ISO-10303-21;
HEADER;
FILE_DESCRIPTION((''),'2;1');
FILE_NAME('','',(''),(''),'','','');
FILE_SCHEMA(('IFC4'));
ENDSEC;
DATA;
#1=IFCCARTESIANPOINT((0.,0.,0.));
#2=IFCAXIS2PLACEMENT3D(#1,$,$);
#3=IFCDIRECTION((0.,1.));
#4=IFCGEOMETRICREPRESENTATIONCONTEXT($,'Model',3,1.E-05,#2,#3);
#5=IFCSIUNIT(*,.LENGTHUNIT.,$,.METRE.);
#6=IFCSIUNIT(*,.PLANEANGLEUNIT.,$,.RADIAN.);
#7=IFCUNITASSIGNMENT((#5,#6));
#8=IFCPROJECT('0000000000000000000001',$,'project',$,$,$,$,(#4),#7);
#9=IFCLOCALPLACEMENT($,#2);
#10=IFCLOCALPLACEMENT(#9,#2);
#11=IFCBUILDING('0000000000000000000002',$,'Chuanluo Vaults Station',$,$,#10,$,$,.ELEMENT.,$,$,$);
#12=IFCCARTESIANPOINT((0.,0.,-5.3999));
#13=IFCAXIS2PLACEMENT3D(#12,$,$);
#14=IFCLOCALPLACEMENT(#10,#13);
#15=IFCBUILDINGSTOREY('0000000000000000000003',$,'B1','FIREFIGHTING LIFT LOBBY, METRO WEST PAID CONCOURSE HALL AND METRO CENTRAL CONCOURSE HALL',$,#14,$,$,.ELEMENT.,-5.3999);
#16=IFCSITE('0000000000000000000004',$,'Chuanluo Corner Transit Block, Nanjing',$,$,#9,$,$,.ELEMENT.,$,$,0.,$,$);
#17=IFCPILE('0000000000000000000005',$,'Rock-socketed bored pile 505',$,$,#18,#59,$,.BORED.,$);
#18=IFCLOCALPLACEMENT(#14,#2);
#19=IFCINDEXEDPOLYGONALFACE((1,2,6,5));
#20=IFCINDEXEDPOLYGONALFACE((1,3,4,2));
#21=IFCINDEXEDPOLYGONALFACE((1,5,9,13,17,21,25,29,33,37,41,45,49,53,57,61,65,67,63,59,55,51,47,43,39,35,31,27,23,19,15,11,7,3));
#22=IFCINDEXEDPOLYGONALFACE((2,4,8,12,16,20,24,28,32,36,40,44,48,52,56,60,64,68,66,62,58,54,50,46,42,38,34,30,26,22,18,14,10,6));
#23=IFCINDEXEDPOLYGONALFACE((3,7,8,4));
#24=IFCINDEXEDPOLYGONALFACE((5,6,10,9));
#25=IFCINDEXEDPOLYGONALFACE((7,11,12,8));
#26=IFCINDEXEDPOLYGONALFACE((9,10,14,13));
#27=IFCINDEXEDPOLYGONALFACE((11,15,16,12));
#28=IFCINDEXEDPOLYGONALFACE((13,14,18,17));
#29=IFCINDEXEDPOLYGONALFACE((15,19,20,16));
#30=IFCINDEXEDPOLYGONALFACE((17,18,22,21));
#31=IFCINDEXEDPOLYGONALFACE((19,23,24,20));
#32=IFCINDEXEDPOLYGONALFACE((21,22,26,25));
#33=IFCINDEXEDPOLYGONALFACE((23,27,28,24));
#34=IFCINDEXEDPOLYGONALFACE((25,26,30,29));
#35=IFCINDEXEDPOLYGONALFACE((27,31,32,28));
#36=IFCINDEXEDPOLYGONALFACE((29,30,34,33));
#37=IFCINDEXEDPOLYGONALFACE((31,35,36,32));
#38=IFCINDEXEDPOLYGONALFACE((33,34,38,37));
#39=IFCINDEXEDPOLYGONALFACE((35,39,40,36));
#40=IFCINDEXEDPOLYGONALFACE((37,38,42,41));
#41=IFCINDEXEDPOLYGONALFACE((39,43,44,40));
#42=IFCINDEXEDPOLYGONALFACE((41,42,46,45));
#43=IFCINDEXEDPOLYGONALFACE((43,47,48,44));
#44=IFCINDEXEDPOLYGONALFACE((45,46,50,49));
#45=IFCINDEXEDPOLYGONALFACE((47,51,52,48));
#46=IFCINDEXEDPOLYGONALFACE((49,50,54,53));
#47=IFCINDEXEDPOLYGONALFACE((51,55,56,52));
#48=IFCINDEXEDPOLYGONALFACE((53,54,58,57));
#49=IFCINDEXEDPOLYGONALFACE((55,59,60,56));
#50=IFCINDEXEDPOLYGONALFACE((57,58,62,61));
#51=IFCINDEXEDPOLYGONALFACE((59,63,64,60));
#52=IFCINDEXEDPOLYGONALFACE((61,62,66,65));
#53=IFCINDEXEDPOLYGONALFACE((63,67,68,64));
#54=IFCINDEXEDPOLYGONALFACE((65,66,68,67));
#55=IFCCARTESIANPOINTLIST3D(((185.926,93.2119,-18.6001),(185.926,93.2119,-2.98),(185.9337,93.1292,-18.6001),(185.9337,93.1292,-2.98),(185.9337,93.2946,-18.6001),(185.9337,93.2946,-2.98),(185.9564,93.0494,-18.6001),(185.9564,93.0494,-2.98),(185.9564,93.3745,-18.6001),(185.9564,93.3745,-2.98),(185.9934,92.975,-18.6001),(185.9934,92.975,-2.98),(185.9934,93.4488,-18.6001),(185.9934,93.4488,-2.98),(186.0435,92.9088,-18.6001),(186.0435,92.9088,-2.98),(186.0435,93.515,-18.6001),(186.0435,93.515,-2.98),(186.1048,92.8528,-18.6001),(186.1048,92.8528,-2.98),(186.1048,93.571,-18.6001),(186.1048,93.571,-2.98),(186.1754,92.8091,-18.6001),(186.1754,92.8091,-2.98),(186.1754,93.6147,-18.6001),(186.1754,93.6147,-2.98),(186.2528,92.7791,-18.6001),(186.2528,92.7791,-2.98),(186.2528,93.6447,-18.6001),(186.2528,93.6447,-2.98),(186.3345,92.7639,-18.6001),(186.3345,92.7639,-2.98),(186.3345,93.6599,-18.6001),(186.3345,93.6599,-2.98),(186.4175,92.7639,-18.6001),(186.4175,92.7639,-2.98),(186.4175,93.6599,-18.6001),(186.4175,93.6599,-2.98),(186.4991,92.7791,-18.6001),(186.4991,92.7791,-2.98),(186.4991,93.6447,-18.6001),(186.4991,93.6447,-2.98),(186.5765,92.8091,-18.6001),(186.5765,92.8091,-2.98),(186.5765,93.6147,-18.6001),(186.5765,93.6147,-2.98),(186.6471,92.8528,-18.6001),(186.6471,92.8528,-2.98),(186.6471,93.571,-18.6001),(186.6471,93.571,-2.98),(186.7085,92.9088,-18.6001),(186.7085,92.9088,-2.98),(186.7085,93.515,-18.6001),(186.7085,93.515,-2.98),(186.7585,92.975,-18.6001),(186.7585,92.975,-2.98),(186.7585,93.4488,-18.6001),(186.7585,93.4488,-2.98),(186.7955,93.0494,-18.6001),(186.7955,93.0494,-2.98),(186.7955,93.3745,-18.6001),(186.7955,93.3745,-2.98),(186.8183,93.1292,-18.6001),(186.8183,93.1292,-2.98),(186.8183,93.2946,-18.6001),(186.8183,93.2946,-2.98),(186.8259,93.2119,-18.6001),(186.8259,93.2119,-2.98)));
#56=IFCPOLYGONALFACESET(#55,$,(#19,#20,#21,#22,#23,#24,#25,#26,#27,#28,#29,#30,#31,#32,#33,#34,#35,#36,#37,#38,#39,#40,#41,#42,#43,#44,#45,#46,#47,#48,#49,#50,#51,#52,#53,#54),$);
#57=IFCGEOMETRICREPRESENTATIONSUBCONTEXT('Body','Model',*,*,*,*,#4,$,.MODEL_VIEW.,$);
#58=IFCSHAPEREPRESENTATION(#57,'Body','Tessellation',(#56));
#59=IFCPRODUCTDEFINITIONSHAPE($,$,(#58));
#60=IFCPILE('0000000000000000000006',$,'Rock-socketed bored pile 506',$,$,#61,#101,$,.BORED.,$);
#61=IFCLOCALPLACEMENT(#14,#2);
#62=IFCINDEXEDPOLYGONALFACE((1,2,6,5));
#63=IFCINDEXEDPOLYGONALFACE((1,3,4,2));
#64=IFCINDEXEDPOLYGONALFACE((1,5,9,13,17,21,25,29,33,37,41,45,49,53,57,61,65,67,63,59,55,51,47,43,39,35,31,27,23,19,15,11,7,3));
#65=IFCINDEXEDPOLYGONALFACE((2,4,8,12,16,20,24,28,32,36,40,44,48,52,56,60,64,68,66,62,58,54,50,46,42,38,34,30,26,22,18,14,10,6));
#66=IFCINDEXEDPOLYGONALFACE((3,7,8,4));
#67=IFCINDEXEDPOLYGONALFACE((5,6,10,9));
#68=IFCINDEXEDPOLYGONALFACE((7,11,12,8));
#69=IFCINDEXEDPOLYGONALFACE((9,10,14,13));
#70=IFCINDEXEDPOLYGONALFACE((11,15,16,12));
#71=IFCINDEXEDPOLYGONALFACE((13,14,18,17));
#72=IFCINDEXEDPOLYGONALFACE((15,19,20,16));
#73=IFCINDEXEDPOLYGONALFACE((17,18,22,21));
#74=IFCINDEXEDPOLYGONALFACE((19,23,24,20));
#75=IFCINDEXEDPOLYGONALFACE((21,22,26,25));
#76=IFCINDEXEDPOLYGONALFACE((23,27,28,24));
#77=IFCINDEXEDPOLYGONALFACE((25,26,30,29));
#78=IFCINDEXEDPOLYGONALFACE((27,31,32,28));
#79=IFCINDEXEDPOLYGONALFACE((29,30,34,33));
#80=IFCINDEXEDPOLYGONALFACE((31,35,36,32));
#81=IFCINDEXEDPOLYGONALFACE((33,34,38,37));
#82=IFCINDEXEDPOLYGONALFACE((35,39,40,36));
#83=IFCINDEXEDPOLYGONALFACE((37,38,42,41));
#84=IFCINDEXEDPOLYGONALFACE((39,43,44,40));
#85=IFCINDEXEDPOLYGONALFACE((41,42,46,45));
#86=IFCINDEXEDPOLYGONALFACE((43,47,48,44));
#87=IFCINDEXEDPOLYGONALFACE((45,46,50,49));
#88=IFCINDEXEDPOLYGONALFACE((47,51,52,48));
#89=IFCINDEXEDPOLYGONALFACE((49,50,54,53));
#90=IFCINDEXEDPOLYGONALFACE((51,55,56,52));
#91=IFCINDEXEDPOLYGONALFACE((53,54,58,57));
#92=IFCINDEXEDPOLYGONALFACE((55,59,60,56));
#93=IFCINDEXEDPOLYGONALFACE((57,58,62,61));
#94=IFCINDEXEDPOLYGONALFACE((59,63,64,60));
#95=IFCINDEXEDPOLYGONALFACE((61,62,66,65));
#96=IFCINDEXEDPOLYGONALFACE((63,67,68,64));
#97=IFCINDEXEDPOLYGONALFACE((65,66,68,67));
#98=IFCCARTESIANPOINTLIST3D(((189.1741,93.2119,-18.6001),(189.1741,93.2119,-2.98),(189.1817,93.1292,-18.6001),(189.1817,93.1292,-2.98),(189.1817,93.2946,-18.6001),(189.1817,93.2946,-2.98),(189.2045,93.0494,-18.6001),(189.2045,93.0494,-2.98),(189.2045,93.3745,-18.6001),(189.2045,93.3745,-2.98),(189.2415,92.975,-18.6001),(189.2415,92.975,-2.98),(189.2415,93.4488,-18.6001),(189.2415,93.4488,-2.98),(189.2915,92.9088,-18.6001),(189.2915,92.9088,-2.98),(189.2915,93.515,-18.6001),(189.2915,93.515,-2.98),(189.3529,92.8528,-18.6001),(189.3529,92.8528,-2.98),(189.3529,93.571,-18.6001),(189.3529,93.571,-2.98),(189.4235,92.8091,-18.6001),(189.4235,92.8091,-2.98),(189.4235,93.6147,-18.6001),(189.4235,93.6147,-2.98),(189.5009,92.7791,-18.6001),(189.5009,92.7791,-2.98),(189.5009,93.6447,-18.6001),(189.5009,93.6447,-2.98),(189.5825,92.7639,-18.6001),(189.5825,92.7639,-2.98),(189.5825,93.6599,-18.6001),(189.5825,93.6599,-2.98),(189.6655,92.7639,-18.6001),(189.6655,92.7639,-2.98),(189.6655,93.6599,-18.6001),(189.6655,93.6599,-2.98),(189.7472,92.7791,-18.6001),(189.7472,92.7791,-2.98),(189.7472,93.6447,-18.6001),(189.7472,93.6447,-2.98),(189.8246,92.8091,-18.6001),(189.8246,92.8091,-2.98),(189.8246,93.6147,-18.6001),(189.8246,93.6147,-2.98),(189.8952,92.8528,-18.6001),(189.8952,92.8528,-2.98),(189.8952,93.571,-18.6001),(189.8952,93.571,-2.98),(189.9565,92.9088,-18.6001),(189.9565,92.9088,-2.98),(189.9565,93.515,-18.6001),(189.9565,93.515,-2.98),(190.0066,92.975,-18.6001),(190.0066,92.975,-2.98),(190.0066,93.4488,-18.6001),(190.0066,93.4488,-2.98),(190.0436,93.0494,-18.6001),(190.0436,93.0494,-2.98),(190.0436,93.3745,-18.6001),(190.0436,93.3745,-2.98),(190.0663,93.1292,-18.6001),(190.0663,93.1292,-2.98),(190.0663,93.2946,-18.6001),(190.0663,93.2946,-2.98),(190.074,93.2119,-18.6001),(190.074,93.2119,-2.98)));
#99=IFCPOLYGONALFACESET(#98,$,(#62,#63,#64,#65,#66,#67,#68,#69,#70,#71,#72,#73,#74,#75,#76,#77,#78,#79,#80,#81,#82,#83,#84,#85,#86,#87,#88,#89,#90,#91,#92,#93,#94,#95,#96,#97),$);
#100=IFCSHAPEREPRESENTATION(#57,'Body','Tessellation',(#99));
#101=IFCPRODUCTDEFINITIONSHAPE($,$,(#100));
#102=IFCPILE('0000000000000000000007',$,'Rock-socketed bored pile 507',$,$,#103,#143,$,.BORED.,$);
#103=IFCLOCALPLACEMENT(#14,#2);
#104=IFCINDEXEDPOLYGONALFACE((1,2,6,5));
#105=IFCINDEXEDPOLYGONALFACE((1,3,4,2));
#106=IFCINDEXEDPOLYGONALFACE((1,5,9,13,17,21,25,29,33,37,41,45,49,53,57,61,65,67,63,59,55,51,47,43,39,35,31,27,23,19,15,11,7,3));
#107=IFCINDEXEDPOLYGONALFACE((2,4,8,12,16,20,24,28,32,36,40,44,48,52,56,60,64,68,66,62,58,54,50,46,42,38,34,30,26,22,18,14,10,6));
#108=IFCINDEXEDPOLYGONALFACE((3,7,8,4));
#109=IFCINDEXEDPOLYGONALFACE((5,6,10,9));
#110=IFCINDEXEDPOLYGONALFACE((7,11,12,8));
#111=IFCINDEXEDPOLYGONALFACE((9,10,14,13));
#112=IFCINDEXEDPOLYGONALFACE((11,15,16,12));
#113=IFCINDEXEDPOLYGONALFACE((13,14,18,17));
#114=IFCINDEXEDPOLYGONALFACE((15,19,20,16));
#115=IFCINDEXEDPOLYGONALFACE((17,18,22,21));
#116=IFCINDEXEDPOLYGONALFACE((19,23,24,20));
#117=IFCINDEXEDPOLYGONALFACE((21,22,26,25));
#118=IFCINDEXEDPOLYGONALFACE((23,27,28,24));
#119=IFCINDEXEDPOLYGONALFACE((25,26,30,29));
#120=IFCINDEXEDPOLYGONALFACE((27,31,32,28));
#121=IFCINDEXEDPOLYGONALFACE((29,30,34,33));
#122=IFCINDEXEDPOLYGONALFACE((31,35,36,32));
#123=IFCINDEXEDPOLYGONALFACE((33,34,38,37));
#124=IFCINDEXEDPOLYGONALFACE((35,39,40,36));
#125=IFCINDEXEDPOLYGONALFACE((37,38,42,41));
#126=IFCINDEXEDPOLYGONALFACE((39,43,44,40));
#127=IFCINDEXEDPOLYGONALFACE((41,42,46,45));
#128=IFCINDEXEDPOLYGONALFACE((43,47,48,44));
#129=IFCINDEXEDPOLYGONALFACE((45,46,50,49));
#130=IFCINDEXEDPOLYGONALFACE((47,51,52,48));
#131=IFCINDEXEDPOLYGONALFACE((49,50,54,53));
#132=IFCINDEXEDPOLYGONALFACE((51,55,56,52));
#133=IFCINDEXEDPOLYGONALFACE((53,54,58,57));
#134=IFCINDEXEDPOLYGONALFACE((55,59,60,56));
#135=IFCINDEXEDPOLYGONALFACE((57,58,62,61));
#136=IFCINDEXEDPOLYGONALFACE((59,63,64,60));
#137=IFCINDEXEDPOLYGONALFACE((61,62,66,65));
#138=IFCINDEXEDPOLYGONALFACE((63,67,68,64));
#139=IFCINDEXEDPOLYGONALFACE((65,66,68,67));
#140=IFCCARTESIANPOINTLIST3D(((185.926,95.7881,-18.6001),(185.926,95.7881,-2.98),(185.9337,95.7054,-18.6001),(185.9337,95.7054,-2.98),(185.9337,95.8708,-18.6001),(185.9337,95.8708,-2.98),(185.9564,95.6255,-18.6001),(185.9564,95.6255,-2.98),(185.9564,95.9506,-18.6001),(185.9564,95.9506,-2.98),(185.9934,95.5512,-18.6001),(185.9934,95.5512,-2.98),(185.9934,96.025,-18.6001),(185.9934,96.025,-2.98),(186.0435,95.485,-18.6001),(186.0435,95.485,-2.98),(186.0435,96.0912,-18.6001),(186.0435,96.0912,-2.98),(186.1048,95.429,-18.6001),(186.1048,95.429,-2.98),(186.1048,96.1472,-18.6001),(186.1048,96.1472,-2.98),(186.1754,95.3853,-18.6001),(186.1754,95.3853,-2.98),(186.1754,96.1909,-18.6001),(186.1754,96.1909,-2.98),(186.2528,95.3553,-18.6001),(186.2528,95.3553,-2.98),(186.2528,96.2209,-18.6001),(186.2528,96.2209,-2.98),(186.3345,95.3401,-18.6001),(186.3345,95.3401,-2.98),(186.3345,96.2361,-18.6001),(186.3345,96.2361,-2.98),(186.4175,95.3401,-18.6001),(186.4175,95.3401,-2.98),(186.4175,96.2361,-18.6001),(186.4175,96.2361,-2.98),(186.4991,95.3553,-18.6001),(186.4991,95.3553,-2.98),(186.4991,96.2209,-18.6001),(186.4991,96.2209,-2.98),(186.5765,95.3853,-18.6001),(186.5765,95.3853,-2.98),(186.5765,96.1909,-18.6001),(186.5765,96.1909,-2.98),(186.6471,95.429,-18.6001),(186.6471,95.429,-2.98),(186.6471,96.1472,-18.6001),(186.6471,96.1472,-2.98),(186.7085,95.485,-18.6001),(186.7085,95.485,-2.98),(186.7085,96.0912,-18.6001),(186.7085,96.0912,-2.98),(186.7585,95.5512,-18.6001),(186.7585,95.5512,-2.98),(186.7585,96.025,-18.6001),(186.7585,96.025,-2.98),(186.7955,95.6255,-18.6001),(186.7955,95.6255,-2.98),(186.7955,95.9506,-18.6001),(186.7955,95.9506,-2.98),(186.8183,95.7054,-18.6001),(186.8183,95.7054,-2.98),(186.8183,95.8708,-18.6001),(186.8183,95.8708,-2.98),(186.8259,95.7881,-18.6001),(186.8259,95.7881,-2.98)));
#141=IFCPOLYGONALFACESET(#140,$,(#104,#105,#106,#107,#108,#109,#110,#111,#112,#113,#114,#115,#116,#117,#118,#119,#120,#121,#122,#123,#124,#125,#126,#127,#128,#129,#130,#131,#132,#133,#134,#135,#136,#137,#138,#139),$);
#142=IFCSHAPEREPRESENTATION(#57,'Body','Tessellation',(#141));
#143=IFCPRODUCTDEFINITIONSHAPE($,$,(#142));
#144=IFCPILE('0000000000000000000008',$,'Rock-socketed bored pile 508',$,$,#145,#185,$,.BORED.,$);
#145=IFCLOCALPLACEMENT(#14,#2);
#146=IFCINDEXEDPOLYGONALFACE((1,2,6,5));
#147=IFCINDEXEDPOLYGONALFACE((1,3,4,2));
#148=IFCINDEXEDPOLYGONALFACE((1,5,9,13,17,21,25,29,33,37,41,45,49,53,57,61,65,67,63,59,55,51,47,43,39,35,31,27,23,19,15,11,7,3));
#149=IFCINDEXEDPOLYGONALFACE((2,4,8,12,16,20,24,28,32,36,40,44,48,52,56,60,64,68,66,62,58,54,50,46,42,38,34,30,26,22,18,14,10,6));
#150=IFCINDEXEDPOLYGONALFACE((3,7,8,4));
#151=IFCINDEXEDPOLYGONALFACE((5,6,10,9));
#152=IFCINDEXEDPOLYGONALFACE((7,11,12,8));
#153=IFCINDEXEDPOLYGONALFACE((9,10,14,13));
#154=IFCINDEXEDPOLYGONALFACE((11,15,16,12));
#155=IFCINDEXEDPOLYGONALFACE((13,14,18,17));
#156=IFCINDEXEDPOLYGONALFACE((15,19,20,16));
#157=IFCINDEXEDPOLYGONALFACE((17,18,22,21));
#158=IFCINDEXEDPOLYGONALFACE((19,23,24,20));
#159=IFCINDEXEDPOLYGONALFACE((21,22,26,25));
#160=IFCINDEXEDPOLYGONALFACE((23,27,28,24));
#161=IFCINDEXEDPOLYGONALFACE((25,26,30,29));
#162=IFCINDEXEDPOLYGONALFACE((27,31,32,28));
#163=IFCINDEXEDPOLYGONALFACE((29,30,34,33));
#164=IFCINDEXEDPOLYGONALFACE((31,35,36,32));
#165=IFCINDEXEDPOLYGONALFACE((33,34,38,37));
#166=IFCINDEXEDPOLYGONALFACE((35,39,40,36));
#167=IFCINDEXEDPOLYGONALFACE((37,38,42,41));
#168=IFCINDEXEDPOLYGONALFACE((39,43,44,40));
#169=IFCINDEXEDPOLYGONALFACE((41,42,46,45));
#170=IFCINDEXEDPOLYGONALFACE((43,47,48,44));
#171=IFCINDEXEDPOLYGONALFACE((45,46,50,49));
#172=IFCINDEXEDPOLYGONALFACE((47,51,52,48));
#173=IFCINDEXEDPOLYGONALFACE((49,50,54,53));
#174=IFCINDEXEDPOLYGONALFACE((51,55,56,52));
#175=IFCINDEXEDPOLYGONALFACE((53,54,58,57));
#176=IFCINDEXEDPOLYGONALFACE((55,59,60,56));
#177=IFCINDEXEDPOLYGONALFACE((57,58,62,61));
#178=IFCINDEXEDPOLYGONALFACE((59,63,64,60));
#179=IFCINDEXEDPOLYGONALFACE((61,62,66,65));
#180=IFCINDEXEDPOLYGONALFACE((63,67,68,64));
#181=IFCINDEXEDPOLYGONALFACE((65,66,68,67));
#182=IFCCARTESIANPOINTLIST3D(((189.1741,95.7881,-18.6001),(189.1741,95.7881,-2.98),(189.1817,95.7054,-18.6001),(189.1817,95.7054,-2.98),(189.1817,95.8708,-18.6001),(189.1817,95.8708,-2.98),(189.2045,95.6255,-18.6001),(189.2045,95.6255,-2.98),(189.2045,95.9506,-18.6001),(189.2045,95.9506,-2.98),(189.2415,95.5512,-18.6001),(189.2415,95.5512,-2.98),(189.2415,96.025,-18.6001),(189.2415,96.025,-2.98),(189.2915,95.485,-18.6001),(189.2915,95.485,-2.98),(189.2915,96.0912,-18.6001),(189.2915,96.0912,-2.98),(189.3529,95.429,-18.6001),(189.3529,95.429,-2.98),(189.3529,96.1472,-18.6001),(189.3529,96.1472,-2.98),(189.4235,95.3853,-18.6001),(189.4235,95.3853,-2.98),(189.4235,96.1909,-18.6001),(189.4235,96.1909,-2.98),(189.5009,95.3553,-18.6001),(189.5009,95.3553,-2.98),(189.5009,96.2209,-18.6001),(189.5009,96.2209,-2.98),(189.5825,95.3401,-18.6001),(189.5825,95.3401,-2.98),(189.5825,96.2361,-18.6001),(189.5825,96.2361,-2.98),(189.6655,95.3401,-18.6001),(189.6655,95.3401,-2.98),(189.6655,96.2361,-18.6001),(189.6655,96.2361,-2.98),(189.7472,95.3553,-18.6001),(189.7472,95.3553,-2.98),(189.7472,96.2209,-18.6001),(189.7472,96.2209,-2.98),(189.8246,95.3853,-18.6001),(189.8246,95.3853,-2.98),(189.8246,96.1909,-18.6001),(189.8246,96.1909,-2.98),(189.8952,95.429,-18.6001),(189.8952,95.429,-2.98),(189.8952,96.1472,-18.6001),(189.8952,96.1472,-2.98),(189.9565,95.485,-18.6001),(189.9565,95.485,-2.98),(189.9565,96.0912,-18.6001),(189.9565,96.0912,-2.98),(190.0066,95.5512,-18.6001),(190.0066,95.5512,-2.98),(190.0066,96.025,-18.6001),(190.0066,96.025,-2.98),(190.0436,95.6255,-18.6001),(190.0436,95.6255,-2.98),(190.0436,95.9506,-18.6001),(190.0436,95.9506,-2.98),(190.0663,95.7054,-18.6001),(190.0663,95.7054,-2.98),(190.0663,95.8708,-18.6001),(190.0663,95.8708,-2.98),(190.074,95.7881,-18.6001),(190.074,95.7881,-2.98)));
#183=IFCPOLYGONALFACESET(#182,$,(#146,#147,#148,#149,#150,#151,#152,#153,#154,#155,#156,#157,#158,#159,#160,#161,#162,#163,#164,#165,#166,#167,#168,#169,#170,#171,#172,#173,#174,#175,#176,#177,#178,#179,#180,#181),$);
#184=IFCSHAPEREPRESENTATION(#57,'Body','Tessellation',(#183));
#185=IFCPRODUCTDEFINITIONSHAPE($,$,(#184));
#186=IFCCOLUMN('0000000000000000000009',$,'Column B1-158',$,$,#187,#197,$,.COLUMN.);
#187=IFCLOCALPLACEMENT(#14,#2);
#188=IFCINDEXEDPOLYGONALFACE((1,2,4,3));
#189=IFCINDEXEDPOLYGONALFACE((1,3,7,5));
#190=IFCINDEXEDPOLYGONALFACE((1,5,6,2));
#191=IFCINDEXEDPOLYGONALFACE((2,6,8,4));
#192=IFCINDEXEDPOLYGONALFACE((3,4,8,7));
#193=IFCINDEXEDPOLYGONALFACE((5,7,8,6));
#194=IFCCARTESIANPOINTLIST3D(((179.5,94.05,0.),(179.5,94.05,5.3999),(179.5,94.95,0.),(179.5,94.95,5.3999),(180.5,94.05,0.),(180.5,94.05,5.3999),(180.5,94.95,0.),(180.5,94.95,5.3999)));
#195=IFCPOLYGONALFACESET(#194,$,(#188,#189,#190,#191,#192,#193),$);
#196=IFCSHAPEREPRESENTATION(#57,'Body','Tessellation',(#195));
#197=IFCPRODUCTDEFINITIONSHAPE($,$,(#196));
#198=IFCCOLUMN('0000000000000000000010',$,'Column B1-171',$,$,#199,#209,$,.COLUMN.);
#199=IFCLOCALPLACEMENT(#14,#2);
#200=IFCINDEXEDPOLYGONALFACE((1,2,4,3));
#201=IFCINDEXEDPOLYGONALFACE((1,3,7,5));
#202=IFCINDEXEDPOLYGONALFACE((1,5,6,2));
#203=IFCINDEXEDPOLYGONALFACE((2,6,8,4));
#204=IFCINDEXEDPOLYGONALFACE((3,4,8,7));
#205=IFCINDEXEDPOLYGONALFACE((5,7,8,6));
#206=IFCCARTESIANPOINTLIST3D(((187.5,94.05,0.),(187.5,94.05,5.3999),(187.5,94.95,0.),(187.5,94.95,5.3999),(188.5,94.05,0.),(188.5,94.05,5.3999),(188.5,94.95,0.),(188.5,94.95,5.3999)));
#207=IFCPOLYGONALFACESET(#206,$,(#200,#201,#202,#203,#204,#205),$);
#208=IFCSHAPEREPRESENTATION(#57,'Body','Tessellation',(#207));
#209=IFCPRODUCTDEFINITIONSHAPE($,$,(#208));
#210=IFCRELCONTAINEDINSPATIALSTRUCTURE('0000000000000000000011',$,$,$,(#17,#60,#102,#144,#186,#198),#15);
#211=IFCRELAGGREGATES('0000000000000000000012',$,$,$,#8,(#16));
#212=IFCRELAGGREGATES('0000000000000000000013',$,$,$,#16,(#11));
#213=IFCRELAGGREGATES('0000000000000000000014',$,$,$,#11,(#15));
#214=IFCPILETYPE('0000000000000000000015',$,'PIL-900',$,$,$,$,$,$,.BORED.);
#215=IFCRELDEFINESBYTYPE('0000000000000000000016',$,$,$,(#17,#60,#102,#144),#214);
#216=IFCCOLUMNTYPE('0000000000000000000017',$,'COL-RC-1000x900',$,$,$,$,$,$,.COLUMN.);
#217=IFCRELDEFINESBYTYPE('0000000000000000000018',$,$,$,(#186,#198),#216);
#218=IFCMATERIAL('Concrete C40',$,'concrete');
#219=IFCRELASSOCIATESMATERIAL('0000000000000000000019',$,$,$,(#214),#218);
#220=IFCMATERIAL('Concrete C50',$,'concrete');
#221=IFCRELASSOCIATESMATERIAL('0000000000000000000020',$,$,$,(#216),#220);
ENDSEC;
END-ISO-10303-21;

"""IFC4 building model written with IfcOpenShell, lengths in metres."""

from ifc_helpers import new_model, si_unit, direction, frame, origin, origin_2d, place, context, subcontext, project, spatial, rectangle, circle, extrude, material, material_profile, profile_set, type_object, element, save


model = new_model("IFC4")

# Units and contexts
model_context = context("Model", 3, precision=1e-05, world=origin(), true_north=direction((0.0, 1.0)))
body_context = subcontext(model_context, "Body", "Model", "MODEL_VIEW")
ifc_project = project(units=[si_unit("LENGTHUNIT", "METRE"), si_unit("PLANEANGLEUNIT", "RADIAN")], contexts=[model_context])

# Site, building, storey
site_placement = place(None, origin())
site = spatial("IfcSite", under=ifc_project, at=site_placement, Name="Chuanluo Corner Transit Block, Nanjing", CompositionType="ELEMENT", RefElevation=0.0)
building_placement = place(site_placement, origin())
building = spatial("IfcBuilding", under=site, at=building_placement, Name="Chuanluo Vaults Station", CompositionType="ELEMENT")
storey_placement = place(building_placement, frame((0.0, 0.0, -5.3999)))
storey = spatial("IfcBuildingStorey", under=building, at=storey_placement, Name="B1", Description="FIREFIGHTING LIFT LOBBY, METRO WEST PAID CONCOURSE HALL AND METRO CENTRAL CONCOURSE HALL", CompositionType="ELEMENT", Elevation=-5.3999)

# Piles
ifc_material_1 = material(Name="Concrete C40", Category="concrete")
ifc_material_profile_1 = material_profile(ifc_material_1, circle(Radius=0.45, at=origin_2d()))
ifc_profile_set_1 = profile_set([ifc_material_profile_1], Name="Concrete C40")
pile_type_1 = type_object("IfcPileType", Name="PIL-900", PredefinedType="BORED", material=ifc_profile_set_1)
for number, where, z_axis, x_axis, name in (
    (1, (186.376, 93.2119, -2.98), (0.0, 0.0, -1.0), (1.0, 0.0, 0.0), "Rock-socketed bored pile 505"),
    (2, (189.624, 93.2119, -2.98), (0.0, 0.0, -1.0), (1.0, 0.0, 0.0), "Rock-socketed bored pile 506"),
    (3, (186.376, 95.7881, -2.98), (0.0, 0.0, -1.0), (1.0, 0.0, 0.0), "Rock-socketed bored pile 507"),
    (4, (189.624, 95.7881, -2.98), (0.0, 0.0, -1.0), (1.0, 0.0, 0.0), "Rock-socketed bored pile 508"),
):
    element("IfcPile", number, at=place(storey_placement, frame(where, z_axis=z_axis, x_axis=x_axis)), inside=storey, type_object=pile_type_1, Name=name, PredefinedType="BORED", context=body_context, shape_type="SweptSolid", body=[
        extrude(circle(Radius=0.45, at=origin_2d()), origin(), (0.0, 0.0, 1.0), 15.6201),
    ])

# Columns
ifc_material_2 = material(Name="Concrete C50", Category="concrete")
ifc_material_profile_2 = material_profile(ifc_material_2, rectangle(XDim=1.0, YDim=0.8999, at=origin_2d()))
ifc_profile_set_2 = profile_set([ifc_material_profile_2], Name="Concrete C50")
column_type = type_object("IfcColumnType", Name="COL-RC-1000x900", PredefinedType="COLUMN", material=ifc_profile_set_2)
for number, where, z_axis, x_axis, name in (
    (5, (180.0, 94.5, 0.0), (0.0, 0.0, 1.0), (1.0, 0.0, 0.0), "Column B1-158"),
    (6, (188.0, 94.5, 0.0), (0.0, 0.0, 1.0), (1.0, 0.0, 0.0), "Column B1-171"),
):
    element("IfcColumn", number, at=place(storey_placement, frame(where, z_axis=z_axis, x_axis=x_axis)), inside=storey, type_object=column_type, Name=name, PredefinedType="COLUMN", context=body_context, shape_type="SweptSolid", body=[
        extrude(rectangle(XDim=1.0, YDim=0.8999, at=origin_2d()), origin(), (0.0, 0.0, 1.0), 5.3999),
    ])

save(model, "model.ifc")
